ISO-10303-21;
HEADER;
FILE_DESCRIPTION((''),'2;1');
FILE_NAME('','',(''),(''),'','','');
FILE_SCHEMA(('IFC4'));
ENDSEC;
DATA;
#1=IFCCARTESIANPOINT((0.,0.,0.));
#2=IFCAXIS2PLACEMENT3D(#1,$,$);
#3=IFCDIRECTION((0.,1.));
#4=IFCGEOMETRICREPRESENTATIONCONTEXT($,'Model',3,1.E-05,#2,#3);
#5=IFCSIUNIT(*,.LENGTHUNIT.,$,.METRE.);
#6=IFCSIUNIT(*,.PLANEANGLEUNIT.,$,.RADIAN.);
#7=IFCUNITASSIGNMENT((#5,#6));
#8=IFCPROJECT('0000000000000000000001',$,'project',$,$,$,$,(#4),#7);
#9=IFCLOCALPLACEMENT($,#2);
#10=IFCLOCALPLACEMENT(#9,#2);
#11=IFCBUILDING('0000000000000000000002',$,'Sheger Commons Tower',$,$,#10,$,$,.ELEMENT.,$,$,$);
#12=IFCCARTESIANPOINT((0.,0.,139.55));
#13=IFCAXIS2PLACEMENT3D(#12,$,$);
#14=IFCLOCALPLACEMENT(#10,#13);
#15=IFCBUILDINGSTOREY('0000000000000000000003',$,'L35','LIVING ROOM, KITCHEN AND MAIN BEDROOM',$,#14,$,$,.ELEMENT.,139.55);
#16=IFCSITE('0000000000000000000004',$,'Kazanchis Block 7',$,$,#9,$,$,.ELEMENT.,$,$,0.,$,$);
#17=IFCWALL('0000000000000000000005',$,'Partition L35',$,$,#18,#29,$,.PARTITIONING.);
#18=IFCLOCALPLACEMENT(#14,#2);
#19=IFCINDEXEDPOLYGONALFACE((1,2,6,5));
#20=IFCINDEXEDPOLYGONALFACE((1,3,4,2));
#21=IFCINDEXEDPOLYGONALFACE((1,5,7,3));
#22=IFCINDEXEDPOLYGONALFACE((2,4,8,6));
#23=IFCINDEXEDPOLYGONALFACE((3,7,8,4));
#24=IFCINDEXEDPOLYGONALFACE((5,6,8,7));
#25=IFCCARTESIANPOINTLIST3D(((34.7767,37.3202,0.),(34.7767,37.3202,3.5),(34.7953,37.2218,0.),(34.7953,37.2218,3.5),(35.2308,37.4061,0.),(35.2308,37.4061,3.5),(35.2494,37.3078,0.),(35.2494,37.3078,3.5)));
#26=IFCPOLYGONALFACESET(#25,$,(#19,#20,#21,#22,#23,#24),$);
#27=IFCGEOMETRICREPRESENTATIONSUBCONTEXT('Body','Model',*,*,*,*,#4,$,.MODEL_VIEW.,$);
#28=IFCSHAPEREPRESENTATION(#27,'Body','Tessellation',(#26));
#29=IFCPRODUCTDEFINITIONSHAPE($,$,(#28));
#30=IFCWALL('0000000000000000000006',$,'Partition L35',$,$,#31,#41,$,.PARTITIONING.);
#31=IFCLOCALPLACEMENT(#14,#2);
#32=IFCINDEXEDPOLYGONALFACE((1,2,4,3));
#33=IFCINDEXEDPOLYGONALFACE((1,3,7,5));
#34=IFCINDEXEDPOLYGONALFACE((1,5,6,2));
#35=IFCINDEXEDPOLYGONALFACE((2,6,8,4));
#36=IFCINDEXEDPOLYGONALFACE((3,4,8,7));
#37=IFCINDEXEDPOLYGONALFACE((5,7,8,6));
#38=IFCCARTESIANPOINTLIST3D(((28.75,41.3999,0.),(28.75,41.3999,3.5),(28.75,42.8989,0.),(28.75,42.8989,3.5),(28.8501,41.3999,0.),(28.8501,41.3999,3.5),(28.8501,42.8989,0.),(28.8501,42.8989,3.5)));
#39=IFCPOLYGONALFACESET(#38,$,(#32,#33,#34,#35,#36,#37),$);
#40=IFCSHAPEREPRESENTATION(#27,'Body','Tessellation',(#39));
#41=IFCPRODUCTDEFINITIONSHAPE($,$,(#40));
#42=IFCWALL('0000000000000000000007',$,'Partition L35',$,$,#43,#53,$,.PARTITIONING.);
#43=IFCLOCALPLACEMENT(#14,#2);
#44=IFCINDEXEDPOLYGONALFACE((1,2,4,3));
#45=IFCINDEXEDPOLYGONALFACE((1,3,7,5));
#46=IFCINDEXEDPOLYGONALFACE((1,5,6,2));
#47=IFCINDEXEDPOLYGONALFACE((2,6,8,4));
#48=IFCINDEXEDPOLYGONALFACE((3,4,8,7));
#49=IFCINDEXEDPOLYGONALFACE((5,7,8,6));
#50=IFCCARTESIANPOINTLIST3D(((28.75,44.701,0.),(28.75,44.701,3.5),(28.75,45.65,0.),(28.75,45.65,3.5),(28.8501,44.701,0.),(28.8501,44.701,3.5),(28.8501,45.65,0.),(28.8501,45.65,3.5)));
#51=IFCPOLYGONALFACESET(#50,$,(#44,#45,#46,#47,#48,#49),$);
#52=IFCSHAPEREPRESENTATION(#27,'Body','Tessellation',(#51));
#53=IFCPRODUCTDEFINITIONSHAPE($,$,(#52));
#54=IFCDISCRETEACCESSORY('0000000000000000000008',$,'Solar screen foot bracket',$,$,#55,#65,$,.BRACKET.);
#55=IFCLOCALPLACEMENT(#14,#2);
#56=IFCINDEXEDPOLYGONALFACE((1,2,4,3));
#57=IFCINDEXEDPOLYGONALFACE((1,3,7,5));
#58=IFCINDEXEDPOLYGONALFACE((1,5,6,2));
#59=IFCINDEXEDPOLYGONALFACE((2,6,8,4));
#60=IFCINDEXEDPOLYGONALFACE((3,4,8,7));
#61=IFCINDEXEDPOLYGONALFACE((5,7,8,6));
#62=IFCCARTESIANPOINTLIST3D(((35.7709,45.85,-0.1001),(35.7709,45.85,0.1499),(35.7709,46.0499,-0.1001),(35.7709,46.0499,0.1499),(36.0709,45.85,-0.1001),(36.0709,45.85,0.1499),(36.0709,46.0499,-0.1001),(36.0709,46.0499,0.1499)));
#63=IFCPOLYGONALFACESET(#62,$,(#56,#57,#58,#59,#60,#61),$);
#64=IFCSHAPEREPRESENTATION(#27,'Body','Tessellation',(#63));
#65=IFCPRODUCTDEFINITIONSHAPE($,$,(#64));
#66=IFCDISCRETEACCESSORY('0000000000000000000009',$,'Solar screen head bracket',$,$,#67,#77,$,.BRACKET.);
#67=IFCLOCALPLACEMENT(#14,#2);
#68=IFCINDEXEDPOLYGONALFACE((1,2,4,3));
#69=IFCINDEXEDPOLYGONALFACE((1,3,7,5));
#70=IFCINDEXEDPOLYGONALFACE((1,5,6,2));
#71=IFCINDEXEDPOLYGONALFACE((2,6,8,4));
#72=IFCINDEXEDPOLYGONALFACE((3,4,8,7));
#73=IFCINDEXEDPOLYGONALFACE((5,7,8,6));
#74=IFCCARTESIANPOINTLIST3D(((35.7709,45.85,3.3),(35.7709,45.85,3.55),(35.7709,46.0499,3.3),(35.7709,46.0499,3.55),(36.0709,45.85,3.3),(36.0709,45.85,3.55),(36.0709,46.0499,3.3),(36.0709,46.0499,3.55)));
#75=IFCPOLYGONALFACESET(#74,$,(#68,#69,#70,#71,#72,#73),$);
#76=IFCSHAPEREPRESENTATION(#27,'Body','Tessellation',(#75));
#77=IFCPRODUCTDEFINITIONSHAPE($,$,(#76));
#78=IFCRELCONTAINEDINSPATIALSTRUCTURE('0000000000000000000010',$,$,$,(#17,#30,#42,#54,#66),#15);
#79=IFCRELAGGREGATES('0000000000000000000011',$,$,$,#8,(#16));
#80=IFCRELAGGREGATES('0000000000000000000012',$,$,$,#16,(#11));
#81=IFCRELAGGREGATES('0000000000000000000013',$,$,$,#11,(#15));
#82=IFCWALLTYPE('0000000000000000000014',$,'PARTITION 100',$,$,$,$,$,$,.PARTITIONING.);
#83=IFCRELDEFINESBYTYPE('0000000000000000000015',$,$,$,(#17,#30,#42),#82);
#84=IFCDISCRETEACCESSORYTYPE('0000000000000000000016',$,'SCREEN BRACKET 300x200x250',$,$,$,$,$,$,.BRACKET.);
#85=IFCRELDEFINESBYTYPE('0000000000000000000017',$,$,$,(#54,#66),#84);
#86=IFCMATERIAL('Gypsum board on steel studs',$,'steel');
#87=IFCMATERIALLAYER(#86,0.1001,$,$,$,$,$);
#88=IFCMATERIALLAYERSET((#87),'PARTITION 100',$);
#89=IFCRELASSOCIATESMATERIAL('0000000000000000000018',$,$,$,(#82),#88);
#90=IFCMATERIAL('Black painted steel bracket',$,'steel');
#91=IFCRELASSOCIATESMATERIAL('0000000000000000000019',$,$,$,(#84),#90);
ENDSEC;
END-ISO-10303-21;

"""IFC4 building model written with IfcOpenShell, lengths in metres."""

from ifc_helpers import new_model, si_unit, direction, frame, frame_2d, origin, origin_2d, place, context, subcontext, project, spatial, rectangle, extrude, material, layer, layer_set, type_object, element, save


model = new_model("IFC4")

# Units and contexts
model_context = context("Model", 3, precision=1e-05, world=origin(), true_north=direction((0.0, 1.0)))
body_context = subcontext(model_context, "Body", "Model", "MODEL_VIEW")
ifc_project = project(units=[si_unit("LENGTHUNIT", "METRE"), si_unit("PLANEANGLEUNIT", "RADIAN")], contexts=[model_context])

# Site, building, storey
site_placement = place(None, origin())
site = spatial("IfcSite", under=ifc_project, at=site_placement, Name="Kazanchis Block 7", CompositionType="ELEMENT", RefElevation=0.0)
building_placement = place(site_placement, origin())
building = spatial("IfcBuilding", under=site, at=building_placement, Name="Sheger Commons Tower", CompositionType="ELEMENT")
storey_placement = place(building_placement, frame((0.0, 0.0, 139.55)))
storey = spatial("IfcBuildingStorey", under=building, at=storey_placement, Name="L35", Description="LIVING ROOM, KITCHEN AND MAIN BEDROOM", CompositionType="ELEMENT", Elevation=139.55)

# Walls
ifc_material_1 = material(Name="Gypsum board on steel studs", Category="steel")
ifc_layer_1 = layer(ifc_material_1, 0.1001)
ifc_layer_set_1 = layer_set([ifc_layer_1], Name="PARTITION 100")
wall_type_1 = type_object("IfcWallType", Name="PARTITION 100", PredefinedType="PARTITIONING", material=ifc_layer_set_1)
wall_1_placement = place(storey_placement, frame((35.24, 37.3569, 0.0), z_axis=(0.0, 0.0, 1.0), x_axis=(-0.98256, -0.185947, 0.0)))
element("IfcWall", 1, at=wall_1_placement, inside=storey, type_object=wall_type_1, Name="Partition L35", PredefinedType="PARTITIONING", context=body_context, shape_type="SweptSolid", body=[
    extrude(rectangle(XDim=0.4622, YDim=0.1001, at=frame_2d((0.231, 0.0))), origin(), (0.0, 0.0, 1.0), 3.5),
])
wall_2_placement = place(storey_placement, frame((28.8, 41.3999, 0.0), z_axis=(0.0, 0.0, 1.0), x_axis=(0.0, 1.0, 0.0)))
element("IfcWall", 2, at=wall_2_placement, inside=storey, type_object=wall_type_1, Name="Partition L35", PredefinedType="PARTITIONING", context=body_context, shape_type="SweptSolid", body=[
    extrude(rectangle(XDim=1.499, YDim=0.1001, at=frame_2d((0.7495, 0.0))), origin(), (0.0, 0.0, 1.0), 3.5),
])
wall_3_placement = place(storey_placement, frame((28.8, 44.7009, 0.0), z_axis=(0.0, 0.0, 1.0), x_axis=(0.0, 1.0, 0.0)))
element("IfcWall", 3, at=wall_3_placement, inside=storey, type_object=wall_type_1, Name="Partition L35", PredefinedType="PARTITIONING", context=body_context, shape_type="SweptSolid", body=[
    extrude(rectangle(XDim=0.949, YDim=0.1001, at=frame_2d((0.4746, 0.0))), origin(), (0.0, 0.0, 1.0), 3.5),
])

# Discrete accessories
ifc_material_2 = material(Name="Black painted steel bracket", Category="steel")
discrete_accessory_type = type_object("IfcDiscreteAccessoryType", Name="SCREEN BRACKET 300x200x250", PredefinedType="BRACKET", material=ifc_material_2)
for number, where, z_axis, x_axis, name in (
    (4, (35.9209, 45.95, -0.1001), (0.0, 0.0, 1.0), (-1.0, 0.0, 0.0), "Solar screen foot bracket"),
    (5, (35.9209, 45.95, 3.3), (0.0, 0.0, 1.0), (-1.0, 0.0, 0.0), "Solar screen head bracket"),
):
    element("IfcDiscreteAccessory", number, at=place(storey_placement, frame(where, z_axis=z_axis, x_axis=x_axis)), inside=storey, type_object=discrete_accessory_type, Name=name, PredefinedType="BRACKET", context=body_context, shape_type="SweptSolid", body=[
        extrude(rectangle(XDim=0.3, YDim=0.2, at=origin_2d()), origin(), (0.0, 0.0, 1.0), 0.25),
    ])

save(model, "model.ifc")
